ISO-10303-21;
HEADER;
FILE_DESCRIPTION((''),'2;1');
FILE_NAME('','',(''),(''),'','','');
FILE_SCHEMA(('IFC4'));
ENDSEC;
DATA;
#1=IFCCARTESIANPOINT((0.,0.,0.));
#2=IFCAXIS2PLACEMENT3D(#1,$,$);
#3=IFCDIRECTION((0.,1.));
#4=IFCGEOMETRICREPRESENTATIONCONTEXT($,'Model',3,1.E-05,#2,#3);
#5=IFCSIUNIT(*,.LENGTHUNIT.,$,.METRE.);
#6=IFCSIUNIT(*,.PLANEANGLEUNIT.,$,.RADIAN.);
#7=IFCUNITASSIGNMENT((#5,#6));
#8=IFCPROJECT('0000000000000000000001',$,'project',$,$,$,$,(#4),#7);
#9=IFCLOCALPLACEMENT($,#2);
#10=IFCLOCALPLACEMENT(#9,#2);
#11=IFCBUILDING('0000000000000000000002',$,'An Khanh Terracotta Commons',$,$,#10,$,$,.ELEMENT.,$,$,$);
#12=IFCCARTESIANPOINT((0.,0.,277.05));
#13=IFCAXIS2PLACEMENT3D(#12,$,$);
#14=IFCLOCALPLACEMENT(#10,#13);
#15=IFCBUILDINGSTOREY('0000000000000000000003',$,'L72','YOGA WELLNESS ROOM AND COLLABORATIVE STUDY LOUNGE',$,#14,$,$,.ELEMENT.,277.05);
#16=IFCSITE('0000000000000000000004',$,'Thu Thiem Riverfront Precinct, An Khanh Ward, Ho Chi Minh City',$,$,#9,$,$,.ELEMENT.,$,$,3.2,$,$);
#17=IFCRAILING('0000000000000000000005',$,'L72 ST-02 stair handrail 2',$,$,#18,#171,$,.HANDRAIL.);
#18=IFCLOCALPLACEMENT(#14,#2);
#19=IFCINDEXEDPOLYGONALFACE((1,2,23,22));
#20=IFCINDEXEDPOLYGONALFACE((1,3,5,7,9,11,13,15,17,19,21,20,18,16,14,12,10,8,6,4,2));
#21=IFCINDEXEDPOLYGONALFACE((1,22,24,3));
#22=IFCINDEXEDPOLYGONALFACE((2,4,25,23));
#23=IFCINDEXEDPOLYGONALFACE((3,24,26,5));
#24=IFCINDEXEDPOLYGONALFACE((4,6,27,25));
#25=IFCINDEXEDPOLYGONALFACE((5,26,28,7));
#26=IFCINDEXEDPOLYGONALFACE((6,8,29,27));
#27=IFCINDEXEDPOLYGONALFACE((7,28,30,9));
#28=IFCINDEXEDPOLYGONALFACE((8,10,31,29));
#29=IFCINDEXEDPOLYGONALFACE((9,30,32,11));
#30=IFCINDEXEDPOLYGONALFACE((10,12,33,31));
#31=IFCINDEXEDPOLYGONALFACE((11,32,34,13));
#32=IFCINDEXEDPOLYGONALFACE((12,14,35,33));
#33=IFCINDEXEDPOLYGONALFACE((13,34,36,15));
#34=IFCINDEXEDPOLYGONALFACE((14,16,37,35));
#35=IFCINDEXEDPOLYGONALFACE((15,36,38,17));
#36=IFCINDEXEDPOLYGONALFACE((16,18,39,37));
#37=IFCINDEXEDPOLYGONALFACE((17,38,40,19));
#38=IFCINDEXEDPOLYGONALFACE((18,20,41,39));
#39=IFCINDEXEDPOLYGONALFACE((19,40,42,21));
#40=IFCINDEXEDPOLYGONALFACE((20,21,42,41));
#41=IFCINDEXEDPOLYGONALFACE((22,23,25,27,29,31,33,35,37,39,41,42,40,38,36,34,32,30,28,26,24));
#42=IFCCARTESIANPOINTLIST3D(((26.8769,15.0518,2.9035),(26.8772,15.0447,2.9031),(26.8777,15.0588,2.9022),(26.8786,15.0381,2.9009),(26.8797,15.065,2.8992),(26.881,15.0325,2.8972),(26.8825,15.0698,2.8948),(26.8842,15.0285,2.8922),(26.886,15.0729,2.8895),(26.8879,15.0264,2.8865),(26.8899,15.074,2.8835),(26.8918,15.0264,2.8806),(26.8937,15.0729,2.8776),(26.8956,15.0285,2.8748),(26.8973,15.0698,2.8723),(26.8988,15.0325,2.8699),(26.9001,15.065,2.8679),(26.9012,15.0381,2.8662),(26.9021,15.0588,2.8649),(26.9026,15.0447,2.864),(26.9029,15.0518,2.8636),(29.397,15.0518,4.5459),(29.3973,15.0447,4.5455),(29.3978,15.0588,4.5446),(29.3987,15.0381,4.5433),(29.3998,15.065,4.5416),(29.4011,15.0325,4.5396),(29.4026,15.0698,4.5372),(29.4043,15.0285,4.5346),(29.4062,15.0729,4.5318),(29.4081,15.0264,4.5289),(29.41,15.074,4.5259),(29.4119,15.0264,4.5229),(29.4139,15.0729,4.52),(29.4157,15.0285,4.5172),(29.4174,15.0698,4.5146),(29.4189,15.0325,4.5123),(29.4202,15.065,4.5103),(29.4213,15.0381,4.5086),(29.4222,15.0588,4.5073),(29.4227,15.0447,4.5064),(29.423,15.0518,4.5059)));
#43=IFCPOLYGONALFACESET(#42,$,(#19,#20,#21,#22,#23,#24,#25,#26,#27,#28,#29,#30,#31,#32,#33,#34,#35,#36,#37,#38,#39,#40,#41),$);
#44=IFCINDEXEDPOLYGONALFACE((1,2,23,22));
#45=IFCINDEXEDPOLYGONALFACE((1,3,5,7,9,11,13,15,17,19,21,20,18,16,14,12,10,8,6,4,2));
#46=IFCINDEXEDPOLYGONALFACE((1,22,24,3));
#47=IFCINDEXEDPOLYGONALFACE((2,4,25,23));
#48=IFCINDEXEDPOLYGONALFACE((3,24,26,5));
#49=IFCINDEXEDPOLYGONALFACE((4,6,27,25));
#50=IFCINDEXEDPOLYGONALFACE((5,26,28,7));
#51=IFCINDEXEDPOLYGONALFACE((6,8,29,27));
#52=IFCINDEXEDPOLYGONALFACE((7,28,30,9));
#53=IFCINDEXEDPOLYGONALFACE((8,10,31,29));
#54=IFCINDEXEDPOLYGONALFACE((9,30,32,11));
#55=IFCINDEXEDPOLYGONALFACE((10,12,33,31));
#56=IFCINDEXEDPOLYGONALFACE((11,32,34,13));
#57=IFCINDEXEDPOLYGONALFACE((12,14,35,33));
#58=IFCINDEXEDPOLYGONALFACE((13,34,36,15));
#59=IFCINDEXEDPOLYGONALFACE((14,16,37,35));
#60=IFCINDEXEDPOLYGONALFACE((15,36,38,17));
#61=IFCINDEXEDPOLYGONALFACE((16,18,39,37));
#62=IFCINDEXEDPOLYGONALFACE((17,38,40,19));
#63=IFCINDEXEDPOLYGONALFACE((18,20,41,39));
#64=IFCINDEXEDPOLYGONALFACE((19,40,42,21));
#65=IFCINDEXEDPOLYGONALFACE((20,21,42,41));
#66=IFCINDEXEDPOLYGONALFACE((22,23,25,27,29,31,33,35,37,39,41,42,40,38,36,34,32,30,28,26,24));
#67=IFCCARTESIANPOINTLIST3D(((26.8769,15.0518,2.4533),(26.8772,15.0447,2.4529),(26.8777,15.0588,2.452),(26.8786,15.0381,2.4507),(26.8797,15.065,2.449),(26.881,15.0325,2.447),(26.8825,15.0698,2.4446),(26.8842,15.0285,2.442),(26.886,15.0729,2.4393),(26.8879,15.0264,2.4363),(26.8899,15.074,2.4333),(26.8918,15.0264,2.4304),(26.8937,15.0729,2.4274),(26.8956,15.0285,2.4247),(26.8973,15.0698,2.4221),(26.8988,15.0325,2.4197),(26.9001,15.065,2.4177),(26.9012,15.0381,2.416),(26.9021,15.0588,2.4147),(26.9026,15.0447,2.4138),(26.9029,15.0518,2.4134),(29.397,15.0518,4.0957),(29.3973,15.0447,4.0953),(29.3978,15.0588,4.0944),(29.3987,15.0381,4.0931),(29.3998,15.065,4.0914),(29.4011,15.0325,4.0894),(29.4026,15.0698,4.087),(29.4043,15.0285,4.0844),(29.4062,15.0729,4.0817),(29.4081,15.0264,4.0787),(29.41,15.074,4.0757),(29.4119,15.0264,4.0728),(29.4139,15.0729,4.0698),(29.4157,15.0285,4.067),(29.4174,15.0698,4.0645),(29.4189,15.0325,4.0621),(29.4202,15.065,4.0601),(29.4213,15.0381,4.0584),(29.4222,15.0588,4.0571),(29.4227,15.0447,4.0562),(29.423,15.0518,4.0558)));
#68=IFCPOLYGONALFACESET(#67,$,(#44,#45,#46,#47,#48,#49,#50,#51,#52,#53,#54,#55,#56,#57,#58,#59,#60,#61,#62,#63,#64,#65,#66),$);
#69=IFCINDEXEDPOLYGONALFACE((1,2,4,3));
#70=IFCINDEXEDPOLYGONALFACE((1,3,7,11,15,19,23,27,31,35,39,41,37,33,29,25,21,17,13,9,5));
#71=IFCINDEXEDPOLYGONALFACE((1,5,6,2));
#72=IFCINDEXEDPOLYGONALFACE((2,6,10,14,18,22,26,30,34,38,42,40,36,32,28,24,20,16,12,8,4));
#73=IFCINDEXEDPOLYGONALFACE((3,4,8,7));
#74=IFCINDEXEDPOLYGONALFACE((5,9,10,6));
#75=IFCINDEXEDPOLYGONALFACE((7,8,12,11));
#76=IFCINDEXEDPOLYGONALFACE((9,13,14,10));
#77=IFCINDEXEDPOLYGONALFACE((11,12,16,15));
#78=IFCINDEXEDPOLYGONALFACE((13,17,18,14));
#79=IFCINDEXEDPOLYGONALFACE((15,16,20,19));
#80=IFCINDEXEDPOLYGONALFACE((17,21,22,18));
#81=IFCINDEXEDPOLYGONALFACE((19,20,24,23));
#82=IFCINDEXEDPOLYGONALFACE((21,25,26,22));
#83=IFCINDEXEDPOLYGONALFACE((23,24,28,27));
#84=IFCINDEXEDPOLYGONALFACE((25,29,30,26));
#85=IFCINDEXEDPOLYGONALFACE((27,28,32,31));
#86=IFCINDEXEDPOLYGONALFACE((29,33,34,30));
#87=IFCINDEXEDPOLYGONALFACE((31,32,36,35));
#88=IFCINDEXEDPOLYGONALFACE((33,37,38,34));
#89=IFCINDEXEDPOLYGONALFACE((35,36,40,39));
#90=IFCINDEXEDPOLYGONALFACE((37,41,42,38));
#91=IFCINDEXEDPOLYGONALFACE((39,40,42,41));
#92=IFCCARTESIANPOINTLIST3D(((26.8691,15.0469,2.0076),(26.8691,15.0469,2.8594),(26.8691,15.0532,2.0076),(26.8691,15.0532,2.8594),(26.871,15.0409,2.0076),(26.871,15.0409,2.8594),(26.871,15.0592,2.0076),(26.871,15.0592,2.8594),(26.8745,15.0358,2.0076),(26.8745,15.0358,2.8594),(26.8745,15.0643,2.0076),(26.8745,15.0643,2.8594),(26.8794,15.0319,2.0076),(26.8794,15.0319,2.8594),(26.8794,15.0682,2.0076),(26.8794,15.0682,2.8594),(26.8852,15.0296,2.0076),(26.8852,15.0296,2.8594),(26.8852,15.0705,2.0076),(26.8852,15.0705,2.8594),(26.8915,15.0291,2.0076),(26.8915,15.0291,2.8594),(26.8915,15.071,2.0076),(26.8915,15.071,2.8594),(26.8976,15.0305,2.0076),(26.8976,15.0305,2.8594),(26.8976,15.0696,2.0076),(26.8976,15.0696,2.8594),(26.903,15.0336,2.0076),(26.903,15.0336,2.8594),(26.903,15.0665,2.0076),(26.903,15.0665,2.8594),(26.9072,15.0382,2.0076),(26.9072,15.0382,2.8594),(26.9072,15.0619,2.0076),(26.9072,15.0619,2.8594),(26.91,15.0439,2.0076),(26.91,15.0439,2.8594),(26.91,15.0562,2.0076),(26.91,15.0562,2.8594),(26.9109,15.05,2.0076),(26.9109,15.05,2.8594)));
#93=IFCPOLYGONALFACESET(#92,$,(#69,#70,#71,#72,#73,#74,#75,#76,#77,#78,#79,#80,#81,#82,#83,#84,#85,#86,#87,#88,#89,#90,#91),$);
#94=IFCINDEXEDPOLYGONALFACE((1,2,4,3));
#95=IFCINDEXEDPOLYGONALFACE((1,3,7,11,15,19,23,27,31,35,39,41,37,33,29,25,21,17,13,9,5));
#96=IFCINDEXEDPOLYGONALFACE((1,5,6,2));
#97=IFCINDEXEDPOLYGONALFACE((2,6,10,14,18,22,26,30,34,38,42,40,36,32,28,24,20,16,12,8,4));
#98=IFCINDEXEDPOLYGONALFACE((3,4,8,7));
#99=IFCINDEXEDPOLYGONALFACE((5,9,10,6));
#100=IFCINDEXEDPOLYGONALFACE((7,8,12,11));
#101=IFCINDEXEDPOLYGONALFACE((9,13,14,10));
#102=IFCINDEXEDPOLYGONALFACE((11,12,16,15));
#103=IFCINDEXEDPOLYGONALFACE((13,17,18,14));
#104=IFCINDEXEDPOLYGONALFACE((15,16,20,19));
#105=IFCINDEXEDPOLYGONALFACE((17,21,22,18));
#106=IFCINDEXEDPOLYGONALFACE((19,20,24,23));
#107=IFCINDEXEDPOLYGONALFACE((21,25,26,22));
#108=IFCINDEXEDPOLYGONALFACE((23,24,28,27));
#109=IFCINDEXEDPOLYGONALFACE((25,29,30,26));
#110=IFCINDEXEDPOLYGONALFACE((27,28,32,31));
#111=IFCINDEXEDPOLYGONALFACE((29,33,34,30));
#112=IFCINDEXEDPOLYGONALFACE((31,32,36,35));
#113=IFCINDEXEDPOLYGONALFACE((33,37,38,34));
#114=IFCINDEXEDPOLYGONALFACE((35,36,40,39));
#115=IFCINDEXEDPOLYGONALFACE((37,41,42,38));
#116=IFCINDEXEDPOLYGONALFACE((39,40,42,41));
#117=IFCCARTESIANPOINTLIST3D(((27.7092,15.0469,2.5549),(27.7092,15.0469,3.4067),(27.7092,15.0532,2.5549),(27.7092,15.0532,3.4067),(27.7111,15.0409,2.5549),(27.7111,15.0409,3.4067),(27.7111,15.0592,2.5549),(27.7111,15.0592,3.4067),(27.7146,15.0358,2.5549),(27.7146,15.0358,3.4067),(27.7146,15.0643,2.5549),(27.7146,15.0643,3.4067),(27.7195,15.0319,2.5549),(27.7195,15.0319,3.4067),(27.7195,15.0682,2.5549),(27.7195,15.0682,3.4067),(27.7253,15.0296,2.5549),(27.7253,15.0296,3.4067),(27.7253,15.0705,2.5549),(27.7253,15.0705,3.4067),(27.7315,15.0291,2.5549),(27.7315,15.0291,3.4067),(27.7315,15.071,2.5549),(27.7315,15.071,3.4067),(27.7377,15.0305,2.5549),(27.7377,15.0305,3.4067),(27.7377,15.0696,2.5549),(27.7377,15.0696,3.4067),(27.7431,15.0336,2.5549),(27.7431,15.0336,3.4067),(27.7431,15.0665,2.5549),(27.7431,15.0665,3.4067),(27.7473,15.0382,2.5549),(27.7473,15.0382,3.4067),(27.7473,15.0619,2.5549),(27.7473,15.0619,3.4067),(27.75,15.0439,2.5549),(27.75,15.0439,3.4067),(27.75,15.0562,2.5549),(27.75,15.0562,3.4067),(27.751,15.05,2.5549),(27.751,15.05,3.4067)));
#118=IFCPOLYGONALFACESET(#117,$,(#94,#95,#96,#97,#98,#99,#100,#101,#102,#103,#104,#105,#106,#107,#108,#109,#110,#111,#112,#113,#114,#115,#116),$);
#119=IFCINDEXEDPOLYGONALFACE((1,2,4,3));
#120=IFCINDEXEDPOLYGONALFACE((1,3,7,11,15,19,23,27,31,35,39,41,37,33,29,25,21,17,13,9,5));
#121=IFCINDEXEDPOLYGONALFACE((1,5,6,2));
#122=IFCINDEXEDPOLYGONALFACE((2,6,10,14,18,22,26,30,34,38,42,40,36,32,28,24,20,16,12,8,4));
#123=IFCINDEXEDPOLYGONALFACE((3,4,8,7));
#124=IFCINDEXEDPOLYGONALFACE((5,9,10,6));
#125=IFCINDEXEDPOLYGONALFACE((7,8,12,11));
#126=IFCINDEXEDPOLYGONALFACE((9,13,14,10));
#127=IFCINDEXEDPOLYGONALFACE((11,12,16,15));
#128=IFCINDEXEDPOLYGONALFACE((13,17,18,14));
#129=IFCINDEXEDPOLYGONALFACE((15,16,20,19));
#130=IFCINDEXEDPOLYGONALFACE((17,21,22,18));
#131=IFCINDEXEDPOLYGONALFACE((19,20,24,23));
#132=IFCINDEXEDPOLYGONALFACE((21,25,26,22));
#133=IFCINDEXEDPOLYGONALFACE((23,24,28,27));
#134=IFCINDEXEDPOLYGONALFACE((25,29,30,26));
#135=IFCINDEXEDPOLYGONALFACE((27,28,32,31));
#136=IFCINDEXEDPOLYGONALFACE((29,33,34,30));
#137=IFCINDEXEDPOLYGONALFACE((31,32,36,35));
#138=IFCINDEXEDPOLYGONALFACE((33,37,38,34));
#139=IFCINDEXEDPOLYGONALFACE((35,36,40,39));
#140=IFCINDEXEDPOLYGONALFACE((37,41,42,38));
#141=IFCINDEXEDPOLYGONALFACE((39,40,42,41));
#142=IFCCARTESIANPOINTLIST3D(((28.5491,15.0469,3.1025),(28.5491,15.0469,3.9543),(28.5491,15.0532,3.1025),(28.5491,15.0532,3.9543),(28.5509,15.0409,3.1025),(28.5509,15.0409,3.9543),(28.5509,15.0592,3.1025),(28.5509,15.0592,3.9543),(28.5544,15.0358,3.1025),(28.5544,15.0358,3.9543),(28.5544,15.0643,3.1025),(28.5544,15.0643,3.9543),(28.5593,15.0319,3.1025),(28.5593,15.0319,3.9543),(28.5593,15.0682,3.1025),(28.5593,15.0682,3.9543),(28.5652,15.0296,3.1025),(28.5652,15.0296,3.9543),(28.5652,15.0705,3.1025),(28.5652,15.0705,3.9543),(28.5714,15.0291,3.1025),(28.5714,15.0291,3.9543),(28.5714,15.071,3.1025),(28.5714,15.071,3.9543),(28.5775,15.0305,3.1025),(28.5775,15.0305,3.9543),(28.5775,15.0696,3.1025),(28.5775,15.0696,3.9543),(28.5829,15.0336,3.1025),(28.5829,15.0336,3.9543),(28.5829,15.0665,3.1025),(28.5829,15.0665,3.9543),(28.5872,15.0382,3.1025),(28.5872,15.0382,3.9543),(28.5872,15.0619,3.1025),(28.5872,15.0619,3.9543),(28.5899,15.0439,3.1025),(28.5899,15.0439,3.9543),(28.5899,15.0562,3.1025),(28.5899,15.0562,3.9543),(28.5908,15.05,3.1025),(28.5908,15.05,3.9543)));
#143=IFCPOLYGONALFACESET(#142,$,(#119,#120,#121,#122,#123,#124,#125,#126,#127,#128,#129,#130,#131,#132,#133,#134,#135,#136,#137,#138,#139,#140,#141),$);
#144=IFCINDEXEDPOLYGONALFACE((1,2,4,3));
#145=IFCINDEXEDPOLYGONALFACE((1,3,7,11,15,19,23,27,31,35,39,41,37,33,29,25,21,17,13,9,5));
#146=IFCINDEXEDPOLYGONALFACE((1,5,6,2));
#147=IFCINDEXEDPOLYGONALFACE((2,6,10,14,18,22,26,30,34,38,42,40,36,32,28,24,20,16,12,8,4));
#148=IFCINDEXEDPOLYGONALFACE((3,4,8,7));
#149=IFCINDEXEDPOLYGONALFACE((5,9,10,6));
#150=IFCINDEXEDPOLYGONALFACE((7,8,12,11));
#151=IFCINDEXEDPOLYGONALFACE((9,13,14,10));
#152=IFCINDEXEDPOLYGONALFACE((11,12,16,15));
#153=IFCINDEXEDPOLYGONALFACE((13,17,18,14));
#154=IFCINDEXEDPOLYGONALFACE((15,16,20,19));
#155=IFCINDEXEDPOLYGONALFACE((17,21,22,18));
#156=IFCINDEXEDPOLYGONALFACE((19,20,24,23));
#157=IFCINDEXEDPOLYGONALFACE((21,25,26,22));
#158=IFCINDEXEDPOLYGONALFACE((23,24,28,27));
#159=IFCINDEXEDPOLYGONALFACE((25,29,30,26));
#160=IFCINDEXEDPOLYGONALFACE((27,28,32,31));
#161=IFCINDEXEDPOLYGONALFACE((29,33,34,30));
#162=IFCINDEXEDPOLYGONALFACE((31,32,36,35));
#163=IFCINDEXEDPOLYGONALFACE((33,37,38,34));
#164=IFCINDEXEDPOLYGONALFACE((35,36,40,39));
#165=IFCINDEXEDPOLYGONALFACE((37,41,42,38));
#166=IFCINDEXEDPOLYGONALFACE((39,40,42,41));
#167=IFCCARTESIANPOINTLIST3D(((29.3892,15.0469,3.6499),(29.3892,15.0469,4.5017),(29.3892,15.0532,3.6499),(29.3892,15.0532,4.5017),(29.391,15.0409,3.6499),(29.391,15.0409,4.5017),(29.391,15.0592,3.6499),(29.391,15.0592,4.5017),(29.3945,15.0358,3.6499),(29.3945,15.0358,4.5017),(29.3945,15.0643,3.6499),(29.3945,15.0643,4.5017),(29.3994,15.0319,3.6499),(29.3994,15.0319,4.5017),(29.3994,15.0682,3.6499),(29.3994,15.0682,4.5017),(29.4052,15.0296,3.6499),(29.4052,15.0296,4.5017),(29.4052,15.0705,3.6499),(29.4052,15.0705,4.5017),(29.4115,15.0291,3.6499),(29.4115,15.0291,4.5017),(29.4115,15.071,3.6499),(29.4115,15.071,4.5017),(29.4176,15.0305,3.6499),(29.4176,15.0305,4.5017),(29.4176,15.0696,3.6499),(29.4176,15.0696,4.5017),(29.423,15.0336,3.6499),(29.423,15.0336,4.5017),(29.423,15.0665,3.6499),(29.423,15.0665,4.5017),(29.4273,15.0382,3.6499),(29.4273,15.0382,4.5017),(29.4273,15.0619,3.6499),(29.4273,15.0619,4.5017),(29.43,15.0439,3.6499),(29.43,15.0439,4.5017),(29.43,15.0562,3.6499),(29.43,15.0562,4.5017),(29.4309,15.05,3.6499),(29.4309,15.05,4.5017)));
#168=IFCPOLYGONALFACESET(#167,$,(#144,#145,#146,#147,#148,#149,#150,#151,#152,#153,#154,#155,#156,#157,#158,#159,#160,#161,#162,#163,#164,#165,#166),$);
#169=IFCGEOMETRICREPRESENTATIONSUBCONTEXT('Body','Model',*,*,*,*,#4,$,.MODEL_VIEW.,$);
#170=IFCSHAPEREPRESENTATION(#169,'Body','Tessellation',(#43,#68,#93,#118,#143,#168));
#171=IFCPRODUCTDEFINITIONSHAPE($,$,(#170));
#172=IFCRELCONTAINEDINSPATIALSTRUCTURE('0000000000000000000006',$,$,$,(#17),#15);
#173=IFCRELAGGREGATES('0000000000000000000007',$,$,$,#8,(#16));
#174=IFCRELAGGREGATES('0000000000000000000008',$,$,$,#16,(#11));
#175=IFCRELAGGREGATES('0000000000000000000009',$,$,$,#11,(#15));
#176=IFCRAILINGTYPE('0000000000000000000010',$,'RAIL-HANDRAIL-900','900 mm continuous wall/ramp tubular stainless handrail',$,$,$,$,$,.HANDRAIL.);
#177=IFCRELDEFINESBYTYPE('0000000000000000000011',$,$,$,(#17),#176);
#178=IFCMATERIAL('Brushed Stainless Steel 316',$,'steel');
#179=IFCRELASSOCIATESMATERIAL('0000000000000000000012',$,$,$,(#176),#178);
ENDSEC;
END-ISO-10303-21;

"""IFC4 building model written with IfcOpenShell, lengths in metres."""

from ifc_helpers import new_model, si_unit, direction, frame, origin, origin_2d, place, context, subcontext, project, spatial, circle, extrude, material, type_object, element, save


model = new_model("IFC4")

# Units and contexts
model_context = context("Model", 3, precision=1e-05, world=origin(), true_north=direction((0.0, 1.0)))
body_context = subcontext(model_context, "Body", "Model", "MODEL_VIEW")
ifc_project = project(units=[si_unit("LENGTHUNIT", "METRE"), si_unit("PLANEANGLEUNIT", "RADIAN")], contexts=[model_context])

# Site, building, storey
site_placement = place(None, origin())
site = spatial("IfcSite", under=ifc_project, at=site_placement, Name="Thu Thiem Riverfront Precinct, An Khanh Ward, Ho Chi Minh City", CompositionType="ELEMENT", RefElevation=3.2)
building_placement = place(site_placement, origin())
building = spatial("IfcBuilding", under=site, at=building_placement, Name="An Khanh Terracotta Commons", CompositionType="ELEMENT")
storey_placement = place(building_placement, frame((0.0, 0.0, 277.05)))
storey = spatial("IfcBuildingStorey", under=building, at=storey_placement, Name="L72", Description="YOGA WELLNESS ROOM AND COLLABORATIVE STUDY LOUNGE", CompositionType="ELEMENT", Elevation=277.05)

# Railing
ifc_material_1 = material(Name="Brushed Stainless Steel 316", Category="steel")
railing_type_1 = type_object("IfcRailingType", Name="RAIL-HANDRAIL-900", Description="900 mm continuous wall/ramp tubular stainless handrail", PredefinedType="HANDRAIL", material=ifc_material_1)
railing_1_placement = place(storey_placement, frame((26.8899, 15.05, 2.0076)))
element("IfcRailing", 1, at=railing_1_placement, inside=storey, type_object=railing_type_1, Name="L72 ST-02 stair handrail 2", PredefinedType="HANDRAIL", context=body_context, shape_type="SweptSolid", body=[
    extrude(circle(Radius=0.0239, at=origin_2d()), frame((0.0, 0.0, 0.876), z_axis=(0.837787, 0.0, 0.545998), x_axis=(0.0, 1.0, 0.0)), (0.0, 0.0, 1.0), 3.0081),
    extrude(circle(Radius=0.0239, at=origin_2d()), frame((0.0, 0.0, 0.4258), z_axis=(0.837787, 0.0, 0.545998), x_axis=(0.0, 1.0, 0.0)), (0.0, 0.0, 1.0), 3.0081),
    extrude(circle(Radius=0.021, at=origin_2d()), origin(), (0.0, 0.0, 1.0), 0.8518),
    extrude(circle(Radius=0.021, at=origin_2d()), frame((0.8401, 0.0, 0.5474)), (0.0, 0.0, 1.0), 0.8518),
    extrude(circle(Radius=0.021, at=origin_2d()), frame((1.6799, 0.0, 1.095)), (0.0, 0.0, 1.0), 0.8518),
    extrude(circle(Radius=0.021, at=origin_2d()), frame((2.52, 0.0, 1.6423)), (0.0, 0.0, 1.0), 0.8518),
])

save(model, "model.ifc")
